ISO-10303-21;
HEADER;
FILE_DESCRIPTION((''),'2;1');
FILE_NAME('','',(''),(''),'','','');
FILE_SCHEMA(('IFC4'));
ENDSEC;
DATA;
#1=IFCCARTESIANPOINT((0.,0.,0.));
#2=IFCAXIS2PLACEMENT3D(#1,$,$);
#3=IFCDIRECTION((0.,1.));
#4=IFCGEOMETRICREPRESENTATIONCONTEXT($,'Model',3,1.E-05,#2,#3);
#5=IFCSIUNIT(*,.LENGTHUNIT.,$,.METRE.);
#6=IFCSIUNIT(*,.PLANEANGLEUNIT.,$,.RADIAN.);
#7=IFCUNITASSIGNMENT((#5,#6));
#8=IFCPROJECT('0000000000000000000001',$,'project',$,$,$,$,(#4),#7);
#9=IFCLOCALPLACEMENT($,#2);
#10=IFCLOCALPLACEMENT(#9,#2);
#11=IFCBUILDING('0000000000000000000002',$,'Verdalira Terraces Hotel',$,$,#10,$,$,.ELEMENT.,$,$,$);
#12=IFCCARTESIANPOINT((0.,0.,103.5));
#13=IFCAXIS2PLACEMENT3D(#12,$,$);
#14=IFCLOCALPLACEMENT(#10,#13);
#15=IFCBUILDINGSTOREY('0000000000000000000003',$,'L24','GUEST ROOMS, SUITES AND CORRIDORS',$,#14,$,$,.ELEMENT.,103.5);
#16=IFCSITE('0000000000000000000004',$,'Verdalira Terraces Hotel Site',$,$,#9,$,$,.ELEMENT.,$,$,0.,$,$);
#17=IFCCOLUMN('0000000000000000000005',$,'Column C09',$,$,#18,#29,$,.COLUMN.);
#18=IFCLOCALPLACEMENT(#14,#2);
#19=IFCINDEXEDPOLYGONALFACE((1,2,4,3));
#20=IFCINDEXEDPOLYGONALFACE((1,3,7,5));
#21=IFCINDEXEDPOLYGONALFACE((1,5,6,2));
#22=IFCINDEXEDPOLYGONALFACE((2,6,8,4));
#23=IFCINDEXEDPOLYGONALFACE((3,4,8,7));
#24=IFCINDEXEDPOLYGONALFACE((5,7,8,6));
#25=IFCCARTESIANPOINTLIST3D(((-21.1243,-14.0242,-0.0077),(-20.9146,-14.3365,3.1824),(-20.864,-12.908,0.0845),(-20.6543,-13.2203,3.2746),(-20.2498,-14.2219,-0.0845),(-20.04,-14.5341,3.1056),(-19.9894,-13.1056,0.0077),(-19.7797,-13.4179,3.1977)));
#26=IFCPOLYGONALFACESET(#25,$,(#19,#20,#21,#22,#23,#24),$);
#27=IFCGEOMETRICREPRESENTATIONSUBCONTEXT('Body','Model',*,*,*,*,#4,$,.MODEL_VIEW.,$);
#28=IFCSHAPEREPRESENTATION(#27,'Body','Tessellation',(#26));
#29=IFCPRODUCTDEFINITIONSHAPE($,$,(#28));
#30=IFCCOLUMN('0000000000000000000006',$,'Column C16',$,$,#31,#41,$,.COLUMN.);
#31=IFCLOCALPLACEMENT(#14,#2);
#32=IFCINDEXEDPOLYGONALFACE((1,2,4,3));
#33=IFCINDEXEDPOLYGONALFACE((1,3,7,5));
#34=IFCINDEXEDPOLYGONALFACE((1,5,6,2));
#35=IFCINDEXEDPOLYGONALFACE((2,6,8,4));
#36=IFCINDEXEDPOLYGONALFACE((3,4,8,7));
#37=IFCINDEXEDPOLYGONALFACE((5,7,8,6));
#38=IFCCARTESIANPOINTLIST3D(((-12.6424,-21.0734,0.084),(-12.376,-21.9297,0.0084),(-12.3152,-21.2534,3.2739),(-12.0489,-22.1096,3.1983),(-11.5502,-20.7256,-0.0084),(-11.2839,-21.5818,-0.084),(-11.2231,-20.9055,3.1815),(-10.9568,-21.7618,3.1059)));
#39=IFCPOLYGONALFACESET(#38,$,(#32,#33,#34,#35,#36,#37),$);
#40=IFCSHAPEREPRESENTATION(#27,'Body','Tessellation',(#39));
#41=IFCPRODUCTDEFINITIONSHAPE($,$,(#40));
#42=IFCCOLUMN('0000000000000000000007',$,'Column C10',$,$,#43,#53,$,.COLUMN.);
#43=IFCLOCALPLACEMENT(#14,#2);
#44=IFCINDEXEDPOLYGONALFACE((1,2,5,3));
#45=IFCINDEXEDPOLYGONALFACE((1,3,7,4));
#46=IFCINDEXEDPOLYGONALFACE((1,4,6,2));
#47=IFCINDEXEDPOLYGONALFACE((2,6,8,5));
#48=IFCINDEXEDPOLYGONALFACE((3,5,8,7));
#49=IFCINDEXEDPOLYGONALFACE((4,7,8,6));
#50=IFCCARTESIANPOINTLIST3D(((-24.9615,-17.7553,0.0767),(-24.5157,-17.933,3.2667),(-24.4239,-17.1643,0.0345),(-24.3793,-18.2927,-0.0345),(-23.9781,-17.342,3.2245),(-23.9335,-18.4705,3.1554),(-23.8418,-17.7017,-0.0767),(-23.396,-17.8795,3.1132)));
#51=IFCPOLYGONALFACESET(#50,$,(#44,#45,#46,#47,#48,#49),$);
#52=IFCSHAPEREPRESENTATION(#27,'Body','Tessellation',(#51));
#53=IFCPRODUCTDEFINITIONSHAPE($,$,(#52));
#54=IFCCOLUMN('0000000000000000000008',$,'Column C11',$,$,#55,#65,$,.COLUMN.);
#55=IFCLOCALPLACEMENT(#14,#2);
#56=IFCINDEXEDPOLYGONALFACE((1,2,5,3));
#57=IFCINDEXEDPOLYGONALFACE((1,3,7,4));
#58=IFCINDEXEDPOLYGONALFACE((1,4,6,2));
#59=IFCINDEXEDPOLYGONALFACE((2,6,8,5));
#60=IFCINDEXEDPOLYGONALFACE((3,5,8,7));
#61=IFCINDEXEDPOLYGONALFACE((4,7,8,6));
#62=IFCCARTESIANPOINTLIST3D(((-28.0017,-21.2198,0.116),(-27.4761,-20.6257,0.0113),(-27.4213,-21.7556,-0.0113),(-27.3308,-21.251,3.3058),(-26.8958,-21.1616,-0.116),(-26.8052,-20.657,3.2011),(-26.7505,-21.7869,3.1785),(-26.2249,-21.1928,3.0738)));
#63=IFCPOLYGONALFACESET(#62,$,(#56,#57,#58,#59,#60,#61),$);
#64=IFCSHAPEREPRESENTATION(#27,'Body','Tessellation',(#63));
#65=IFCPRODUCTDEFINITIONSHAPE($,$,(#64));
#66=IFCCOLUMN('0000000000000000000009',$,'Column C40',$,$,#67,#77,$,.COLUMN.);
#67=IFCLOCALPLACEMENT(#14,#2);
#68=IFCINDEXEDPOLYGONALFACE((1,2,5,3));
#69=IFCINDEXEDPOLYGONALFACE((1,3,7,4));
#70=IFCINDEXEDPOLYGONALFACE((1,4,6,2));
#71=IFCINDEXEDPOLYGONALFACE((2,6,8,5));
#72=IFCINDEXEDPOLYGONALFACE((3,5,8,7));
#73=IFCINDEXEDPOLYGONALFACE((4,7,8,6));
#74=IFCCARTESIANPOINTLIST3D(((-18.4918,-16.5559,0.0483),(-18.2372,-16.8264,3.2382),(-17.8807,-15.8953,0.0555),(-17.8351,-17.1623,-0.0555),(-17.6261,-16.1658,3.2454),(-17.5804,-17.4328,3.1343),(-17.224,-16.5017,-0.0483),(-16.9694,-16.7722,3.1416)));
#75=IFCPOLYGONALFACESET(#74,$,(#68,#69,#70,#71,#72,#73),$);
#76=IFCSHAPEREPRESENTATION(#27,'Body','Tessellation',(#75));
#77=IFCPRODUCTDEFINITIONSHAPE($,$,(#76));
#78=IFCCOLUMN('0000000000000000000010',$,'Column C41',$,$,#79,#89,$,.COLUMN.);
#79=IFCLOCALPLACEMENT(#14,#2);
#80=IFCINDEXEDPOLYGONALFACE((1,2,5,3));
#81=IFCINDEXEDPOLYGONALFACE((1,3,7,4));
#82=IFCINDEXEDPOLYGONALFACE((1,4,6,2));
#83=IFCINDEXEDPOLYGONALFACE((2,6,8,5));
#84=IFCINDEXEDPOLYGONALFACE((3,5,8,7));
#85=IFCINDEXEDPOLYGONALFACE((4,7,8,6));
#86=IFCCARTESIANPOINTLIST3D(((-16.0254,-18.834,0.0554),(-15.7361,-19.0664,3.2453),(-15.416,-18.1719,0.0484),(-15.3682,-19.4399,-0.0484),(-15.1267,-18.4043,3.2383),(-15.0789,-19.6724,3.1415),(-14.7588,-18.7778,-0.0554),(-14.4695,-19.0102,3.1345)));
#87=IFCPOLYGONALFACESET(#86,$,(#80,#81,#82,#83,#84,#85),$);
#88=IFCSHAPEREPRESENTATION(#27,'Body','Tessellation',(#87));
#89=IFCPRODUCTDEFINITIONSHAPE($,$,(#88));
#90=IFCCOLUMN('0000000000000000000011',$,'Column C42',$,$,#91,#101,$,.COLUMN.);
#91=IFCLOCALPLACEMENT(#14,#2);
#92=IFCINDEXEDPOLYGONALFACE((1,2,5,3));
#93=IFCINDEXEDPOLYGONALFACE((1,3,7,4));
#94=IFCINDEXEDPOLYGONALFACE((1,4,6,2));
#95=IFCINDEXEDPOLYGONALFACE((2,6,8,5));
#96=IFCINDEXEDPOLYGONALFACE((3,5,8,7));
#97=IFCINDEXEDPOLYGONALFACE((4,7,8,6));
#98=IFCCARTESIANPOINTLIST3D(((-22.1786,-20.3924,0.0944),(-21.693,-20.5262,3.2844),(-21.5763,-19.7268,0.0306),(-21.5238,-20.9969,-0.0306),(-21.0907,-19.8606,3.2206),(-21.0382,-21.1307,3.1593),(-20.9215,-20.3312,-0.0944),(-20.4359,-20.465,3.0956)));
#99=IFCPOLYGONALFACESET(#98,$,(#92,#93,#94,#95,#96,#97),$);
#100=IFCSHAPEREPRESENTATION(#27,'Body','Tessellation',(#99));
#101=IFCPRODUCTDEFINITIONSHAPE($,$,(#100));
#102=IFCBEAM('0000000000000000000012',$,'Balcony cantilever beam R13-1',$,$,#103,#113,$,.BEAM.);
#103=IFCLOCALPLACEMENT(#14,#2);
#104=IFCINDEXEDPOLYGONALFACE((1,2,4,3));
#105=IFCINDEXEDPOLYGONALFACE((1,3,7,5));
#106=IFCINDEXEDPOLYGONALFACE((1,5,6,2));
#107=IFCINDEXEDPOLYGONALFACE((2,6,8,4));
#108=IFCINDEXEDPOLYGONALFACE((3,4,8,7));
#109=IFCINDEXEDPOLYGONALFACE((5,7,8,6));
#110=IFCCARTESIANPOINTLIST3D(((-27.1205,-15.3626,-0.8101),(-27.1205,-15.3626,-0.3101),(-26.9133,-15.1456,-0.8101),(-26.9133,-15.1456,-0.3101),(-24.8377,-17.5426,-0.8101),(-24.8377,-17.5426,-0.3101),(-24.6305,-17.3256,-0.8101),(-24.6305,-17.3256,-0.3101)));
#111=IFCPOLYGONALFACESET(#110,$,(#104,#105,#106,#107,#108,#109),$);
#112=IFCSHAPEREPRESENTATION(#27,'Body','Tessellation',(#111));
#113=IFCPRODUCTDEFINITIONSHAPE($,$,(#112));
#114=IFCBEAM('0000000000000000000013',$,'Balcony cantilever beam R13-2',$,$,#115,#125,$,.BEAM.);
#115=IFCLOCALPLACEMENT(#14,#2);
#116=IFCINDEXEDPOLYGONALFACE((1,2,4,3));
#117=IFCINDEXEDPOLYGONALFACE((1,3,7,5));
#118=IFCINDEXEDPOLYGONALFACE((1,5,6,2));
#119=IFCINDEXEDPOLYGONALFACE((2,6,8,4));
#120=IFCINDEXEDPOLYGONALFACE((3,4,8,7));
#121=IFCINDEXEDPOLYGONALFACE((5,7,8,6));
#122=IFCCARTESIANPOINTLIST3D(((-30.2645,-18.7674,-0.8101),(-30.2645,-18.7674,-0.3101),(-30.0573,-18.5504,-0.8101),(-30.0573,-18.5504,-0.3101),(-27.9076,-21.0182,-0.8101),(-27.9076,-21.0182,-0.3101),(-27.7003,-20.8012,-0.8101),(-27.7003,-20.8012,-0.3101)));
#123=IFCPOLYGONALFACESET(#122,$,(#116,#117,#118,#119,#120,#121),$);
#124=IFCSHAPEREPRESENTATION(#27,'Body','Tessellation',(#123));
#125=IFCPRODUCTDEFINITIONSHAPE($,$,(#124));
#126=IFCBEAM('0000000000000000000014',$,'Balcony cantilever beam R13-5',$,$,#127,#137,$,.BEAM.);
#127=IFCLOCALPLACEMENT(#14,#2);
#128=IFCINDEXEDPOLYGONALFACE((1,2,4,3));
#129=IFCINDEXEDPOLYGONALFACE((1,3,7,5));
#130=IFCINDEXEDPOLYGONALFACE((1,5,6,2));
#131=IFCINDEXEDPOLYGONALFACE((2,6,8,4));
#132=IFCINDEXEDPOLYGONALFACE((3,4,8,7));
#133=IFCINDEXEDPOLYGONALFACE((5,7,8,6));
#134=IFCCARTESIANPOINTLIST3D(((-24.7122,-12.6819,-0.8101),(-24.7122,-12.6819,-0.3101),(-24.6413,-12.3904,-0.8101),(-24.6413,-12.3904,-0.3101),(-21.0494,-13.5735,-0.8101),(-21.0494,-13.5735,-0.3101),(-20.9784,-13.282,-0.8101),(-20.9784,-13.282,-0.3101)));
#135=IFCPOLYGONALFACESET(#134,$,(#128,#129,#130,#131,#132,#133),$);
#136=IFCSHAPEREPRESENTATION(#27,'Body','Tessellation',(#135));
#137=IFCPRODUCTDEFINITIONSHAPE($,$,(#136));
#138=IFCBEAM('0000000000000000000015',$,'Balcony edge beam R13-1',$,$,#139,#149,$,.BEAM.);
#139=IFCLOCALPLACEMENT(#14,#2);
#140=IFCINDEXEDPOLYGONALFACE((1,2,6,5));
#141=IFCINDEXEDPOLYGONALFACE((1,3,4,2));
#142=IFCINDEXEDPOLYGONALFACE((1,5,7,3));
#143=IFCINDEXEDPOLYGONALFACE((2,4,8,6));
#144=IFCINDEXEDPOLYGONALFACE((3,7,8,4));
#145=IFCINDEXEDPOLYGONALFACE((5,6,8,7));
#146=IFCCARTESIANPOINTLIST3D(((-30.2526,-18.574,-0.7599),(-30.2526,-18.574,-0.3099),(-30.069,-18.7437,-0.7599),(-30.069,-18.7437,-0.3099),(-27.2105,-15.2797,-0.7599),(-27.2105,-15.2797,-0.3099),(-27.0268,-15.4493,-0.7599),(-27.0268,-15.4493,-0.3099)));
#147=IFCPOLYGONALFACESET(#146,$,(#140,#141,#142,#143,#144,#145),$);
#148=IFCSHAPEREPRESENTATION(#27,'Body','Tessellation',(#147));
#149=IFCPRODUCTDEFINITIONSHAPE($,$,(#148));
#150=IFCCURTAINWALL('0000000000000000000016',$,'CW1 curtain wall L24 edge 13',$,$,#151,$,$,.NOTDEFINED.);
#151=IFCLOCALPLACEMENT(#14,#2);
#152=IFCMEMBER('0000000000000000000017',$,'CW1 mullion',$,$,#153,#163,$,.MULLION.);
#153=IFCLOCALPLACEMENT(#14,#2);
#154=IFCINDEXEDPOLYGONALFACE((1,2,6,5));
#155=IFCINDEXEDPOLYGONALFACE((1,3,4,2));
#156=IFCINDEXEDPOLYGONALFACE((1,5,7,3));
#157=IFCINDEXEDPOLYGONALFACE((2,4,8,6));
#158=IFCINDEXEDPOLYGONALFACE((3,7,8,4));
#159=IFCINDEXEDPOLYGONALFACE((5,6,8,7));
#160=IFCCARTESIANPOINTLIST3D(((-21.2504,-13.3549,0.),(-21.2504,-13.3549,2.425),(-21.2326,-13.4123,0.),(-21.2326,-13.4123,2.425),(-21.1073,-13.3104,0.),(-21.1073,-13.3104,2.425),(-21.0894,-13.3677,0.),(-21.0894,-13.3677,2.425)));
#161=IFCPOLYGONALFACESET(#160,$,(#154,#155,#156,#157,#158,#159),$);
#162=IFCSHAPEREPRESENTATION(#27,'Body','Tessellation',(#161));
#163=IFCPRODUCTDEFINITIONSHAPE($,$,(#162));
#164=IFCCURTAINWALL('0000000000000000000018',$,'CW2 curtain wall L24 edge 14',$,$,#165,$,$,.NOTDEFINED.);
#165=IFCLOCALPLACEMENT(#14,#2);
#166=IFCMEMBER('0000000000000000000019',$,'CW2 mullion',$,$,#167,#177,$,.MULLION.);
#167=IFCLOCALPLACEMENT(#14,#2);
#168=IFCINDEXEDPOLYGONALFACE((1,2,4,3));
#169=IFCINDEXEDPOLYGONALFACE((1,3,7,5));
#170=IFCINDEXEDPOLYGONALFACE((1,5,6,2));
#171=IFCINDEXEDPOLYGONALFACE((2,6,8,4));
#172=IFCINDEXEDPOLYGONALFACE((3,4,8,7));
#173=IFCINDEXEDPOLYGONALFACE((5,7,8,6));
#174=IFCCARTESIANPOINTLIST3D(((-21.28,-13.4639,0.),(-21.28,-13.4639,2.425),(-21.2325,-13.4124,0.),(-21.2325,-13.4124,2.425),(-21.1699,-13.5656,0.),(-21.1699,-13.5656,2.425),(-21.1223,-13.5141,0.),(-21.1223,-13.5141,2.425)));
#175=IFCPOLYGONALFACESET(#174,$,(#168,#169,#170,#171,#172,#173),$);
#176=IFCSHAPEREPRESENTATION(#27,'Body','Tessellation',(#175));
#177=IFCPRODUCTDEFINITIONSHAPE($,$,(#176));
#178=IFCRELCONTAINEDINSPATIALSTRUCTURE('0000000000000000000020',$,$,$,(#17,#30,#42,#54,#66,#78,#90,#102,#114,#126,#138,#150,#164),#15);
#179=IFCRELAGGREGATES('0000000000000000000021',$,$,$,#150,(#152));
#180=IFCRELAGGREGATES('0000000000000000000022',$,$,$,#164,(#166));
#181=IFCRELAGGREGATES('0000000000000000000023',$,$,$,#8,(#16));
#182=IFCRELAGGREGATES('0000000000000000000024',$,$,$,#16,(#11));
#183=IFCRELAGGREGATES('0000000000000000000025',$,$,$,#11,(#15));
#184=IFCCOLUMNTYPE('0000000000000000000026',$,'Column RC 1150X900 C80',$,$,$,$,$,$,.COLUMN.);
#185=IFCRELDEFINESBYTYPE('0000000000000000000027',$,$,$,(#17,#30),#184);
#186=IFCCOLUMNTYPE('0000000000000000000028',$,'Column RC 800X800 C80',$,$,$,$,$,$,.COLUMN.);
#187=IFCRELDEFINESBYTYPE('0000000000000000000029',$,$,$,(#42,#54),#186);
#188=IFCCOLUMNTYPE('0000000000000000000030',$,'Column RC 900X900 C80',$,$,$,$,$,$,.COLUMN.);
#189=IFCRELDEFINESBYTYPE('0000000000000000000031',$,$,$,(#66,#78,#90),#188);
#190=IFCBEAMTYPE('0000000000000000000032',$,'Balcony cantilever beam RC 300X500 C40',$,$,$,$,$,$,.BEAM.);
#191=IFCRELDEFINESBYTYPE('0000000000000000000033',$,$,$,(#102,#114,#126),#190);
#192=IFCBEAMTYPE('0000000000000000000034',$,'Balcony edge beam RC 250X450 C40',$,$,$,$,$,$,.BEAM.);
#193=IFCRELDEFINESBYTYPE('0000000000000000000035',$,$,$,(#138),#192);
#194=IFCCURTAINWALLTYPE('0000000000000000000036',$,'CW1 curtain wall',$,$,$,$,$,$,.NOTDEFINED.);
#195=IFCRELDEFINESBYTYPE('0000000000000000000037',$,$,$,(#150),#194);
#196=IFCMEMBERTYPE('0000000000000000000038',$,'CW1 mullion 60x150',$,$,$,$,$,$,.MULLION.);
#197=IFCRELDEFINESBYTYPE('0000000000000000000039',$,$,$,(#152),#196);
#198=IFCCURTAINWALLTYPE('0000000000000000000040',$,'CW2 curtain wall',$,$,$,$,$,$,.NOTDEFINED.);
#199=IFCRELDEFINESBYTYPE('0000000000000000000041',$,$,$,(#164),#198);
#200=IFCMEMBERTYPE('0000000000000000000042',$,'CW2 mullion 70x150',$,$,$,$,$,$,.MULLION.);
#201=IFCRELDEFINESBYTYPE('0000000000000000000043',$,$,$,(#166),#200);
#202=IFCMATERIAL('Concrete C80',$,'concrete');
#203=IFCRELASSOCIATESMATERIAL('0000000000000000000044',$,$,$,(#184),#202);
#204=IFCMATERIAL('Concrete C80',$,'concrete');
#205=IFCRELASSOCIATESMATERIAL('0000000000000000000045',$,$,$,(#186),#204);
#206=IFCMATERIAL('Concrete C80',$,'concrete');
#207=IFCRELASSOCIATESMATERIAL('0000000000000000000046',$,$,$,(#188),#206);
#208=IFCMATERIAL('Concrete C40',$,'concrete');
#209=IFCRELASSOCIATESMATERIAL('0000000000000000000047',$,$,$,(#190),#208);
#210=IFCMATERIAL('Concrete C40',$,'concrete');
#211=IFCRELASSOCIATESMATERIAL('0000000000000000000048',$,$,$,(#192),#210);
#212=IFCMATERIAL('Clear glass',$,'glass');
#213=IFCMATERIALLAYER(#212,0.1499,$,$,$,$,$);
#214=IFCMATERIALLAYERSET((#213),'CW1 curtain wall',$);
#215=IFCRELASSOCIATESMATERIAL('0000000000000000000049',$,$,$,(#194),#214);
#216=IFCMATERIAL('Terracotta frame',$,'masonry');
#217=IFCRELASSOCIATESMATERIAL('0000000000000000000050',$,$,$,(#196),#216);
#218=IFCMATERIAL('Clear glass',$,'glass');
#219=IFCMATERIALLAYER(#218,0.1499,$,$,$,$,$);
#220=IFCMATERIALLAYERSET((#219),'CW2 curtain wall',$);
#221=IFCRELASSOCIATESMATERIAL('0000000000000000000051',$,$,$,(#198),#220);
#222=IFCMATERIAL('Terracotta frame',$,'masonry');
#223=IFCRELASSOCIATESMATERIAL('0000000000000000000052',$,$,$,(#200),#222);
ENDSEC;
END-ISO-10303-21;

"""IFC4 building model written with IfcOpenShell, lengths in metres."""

from ifc_helpers import new_model, si_unit, direction, frame, origin, origin_2d, place, context, subcontext, project, spatial, rectangle, extrude, material, layer, layer_set, material_profile, profile_set, type_object, element, aggregate, save


model = new_model("IFC4")

# Units and contexts
model_context = context("Model", 3, precision=1e-05, world=origin(), true_north=direction((0.0, 1.0)))
body_context = subcontext(model_context, "Body", "Model", "MODEL_VIEW")
ifc_project = project(units=[si_unit("LENGTHUNIT", "METRE"), si_unit("PLANEANGLEUNIT", "RADIAN")], contexts=[model_context])

# Site, building, storey
site_placement = place(None, origin())
site = spatial("IfcSite", under=ifc_project, at=site_placement, Name="Verdalira Terraces Hotel Site", CompositionType="ELEMENT", RefElevation=0.0)
building_placement = place(site_placement, origin())
building = spatial("IfcBuilding", under=site, at=building_placement, Name="Verdalira Terraces Hotel", CompositionType="ELEMENT")
storey_placement = place(building_placement, frame((0.0, 0.0, 103.5)))
storey = spatial("IfcBuildingStorey", under=building, at=storey_placement, Name="L24", Description="GUEST ROOMS, SUITES AND CORRIDORS", CompositionType="ELEMENT", Elevation=103.5)

# Columns
ifc_material_1 = material(Name="Concrete C80", Category="concrete")
ifc_material_profile_1 = material_profile(ifc_material_1, rectangle(XDim=1.1499, YDim=0.8999, at=origin_2d()), Name="RC 1150X900")
ifc_profile_set_1 = profile_set([ifc_material_profile_1], Name="Concrete C80")
column_type_1 = type_object("IfcColumnType", Name="Column RC 1150X900 C80", PredefinedType="COLUMN", material=ifc_profile_set_1)
column_1_placement = place(storey_placement, frame((-20.5569, -13.5649, 0.0), z_axis=(0.065291, -0.097214, 0.99312), x_axis=(0.226404, 0.970731, 0.080138)))
element("IfcColumn", 1, at=column_1_placement, inside=storey, type_object=column_type_1, Name="Column C09", PredefinedType="COLUMN", context=body_context, shape_type="SweptSolid", body=[
    extrude(rectangle(XDim=1.1499, YDim=0.8999, at=origin_2d()), origin(), (0.0, 0.0, 1.0), 3.2122),
])
column_2_placement = place(storey_placement, frame((-11.9631, -21.3276, 0.0), z_axis=(0.101861, -0.056023, 0.99322), x_axis=(-0.949753, -0.302513, 0.08034)))
element("IfcColumn", 2, at=column_2_placement, inside=storey, type_object=column_type_1, Name="Column C16", PredefinedType="COLUMN", context=body_context, shape_type="SweptSolid", body=[
    extrude(rectangle(XDim=1.1499, YDim=0.8999, at=origin_2d()), origin(), (0.0, 0.0, 1.0), 3.2117),
])
ifc_material_2 = material(Name="Concrete C80", Category="concrete")
ifc_material_profile_2 = material_profile(ifc_material_2, rectangle(XDim=0.8, YDim=0.8, at=origin_2d()), Name="RC 800X800")
ifc_profile_set_2 = profile_set([ifc_material_profile_2], Name="Concrete C80")
column_type_2 = type_object("IfcColumnType", Name="Column RC 800X800 C80", PredefinedType="COLUMN", material=ifc_profile_set_2)
column_3_placement = place(storey_placement, frame((-24.4016, -17.7285, 0.0), z_axis=(0.138197, -0.055097, 0.988871), x_axis=(-0.671941, -0.738724, 0.052746)))
element("IfcColumn", 3, at=column_3_placement, inside=storey, type_object=column_type_2, Name="Column C10", PredefinedType="COLUMN", context=body_context, shape_type="SweptSolid", body=[
    extrude(rectangle(XDim=0.8, YDim=0.8, at=origin_2d()), origin(), (0.0, 0.0, 1.0), 3.2258),
])
column_4_placement = place(storey_placement, frame((-27.4487, -21.1907, 0.0), z_axis=(0.205805, -0.009586, 0.978546), x_axis=(-0.656891, -0.742539, 0.130881)))
element("IfcColumn", 4, at=column_4_placement, inside=storey, type_object=column_type_2, Name="Column C11", PredefinedType="COLUMN", context=body_context, shape_type="SweptSolid", body=[
    extrude(rectangle(XDim=0.8, YDim=0.8, at=origin_2d()), origin(), (0.0, 0.0, 1.0), 3.2598),
])
ifc_material_3 = material(Name="Concrete C80", Category="concrete")
ifc_material_profile_3 = material_profile(ifc_material_3, rectangle(XDim=0.8999, YDim=0.8999, at=origin_2d()), Name="RC 900X900")
ifc_profile_set_3 = profile_set([ifc_material_profile_3], Name="Concrete C80")
column_type_3 = type_object("IfcColumnType", Name="Column RC 900X900 C80", PredefinedType="COLUMN", material=ifc_profile_set_3)
for number, where, z_axis, x_axis, name in (
    (5, (-17.8579, -16.5288, 0.0), (0.07929, -0.084231, 0.993287), (-0.679046, -0.734052, -0.008043), "Column C40"),
    (6, (-15.3921, -18.8059, 0.0), (0.090086, -0.072373, 0.993301), (-0.677193, -0.735764, 0.007808), "Column C41"),
):
    element("IfcColumn", number, at=place(storey_placement, frame(where, z_axis=z_axis, x_axis=x_axis)), inside=storey, type_object=column_type_3, Name=name, PredefinedType="COLUMN", context=body_context, shape_type="SweptSolid", body=[
        extrude(rectangle(XDim=0.8999, YDim=0.8999, at=origin_2d()), origin(), (0.0, 0.0, 1.0), 3.2114),
    ])
column_5_placement = place(storey_placement, frame((-21.55, -20.3618, 0.0), z_axis=(0.150364, -0.041428, 0.987762), x_axis=(-0.669238, -0.739662, 0.070854)))
element("IfcColumn", 7, at=column_5_placement, inside=storey, type_object=column_type_3, Name="Column C42", PredefinedType="COLUMN", context=body_context, shape_type="SweptSolid", body=[
    extrude(rectangle(XDim=0.8999, YDim=0.8999, at=origin_2d()), origin(), (0.0, 0.0, 1.0), 3.2295),
])

# Beams
ifc_material_4 = material(Name="Concrete C40", Category="concrete")
ifc_material_profile_4 = material_profile(ifc_material_4, rectangle(XDim=0.3, YDim=0.5, at=origin_2d()), Name="RC 300X500")
ifc_profile_set_4 = profile_set([ifc_material_profile_4], Name="Concrete C40")
beam_type_1 = type_object("IfcBeamType", Name="Balcony cantilever beam RC 300X500 C40", PredefinedType="BEAM", material=ifc_profile_set_4)
beam_1_placement = place(storey_placement, frame((-24.7341, -17.4341, -0.5601), z_axis=(-0.723201, 0.690638, 0.0), x_axis=(-0.690638, -0.723201, 0.0)))
element("IfcBeam", 8, at=beam_1_placement, inside=storey, type_object=beam_type_1, Name="Balcony cantilever beam R13-1", PredefinedType="BEAM", context=body_context, shape_type="SweptSolid", body=[
    extrude(rectangle(XDim=0.3, YDim=0.5, at=origin_2d()), origin(), (0.0, 0.0, 1.0), 3.1565),
])
beam_2_placement = place(storey_placement, frame((-27.804, -20.9097, -0.5601), z_axis=(-0.723213, 0.690625, 0.0), x_axis=(-0.690625, -0.723213, 0.0)))
element("IfcBeam", 9, at=beam_2_placement, inside=storey, type_object=beam_type_1, Name="Balcony cantilever beam R13-2", PredefinedType="BEAM", context=body_context, shape_type="SweptSolid", body=[
    extrude(rectangle(XDim=0.3, YDim=0.5, at=origin_2d()), origin(), (0.0, 0.0, 1.0), 3.259),
])
beam_3_placement = place(storey_placement, frame((-21.0139, -13.4277, -0.5601), z_axis=(-0.971629, 0.236512, 0.0), x_axis=(-0.236512, -0.971629, 0.0)))
element("IfcBeam", 10, at=beam_3_placement, inside=storey, type_object=beam_type_1, Name="Balcony cantilever beam R13-5", PredefinedType="BEAM", context=body_context, shape_type="SweptSolid", body=[
    extrude(rectangle(XDim=0.3, YDim=0.5, at=origin_2d()), origin(), (0.0, 0.0, 1.0), 3.7698),
])
ifc_material_5 = material(Name="Concrete C40", Category="concrete")
ifc_material_profile_5 = material_profile(ifc_material_5, rectangle(XDim=0.25, YDim=0.45, at=origin_2d()), Name="RC 250X450")
ifc_profile_set_5 = profile_set([ifc_material_profile_5], Name="Concrete C40")
beam_type_2 = type_object("IfcBeamType", Name="Balcony edge beam RC 250X450 C40", PredefinedType="BEAM", material=ifc_profile_set_5)
beam_4_placement = place(storey_placement, frame((-27.1187, -15.3645, -0.5349), z_axis=(-0.678427, -0.734668, 0.0), x_axis=(0.734668, -0.678427, 0.0)))
element("IfcBeam", 11, at=beam_4_placement, inside=storey, type_object=beam_type_2, Name="Balcony edge beam R13-1", PredefinedType="BEAM", context=body_context, shape_type="SweptSolid", body=[
    extrude(rectangle(XDim=0.25, YDim=0.45, at=origin_2d()), origin(), (0.0, 0.0, 1.0), 4.4841),
])

# Curtain wall, member
ifc_material_6 = material(Name="Clear glass", Category="glass")
ifc_layer_1 = layer(ifc_material_6, 0.1499)
ifc_layer_set_1 = layer_set([ifc_layer_1], Name="CW1 curtain wall")
curtain_wall_type_1 = type_object("IfcCurtainWallType", Name="CW1 curtain wall", PredefinedType="NOTDEFINED", material=ifc_layer_set_1)
curtain_wall_1_placement = place(storey_placement, origin())
curtain_wall_1 = element("IfcCurtainWall", 12, at=curtain_wall_1_placement, inside=storey, type_object=curtain_wall_type_1, Name="CW1 curtain wall L24 edge 13", PredefinedType="NOTDEFINED")
ifc_material_7 = material(Name="Terracotta frame", Category="masonry")
ifc_material_profile_6 = material_profile(ifc_material_7, rectangle(XDim=0.0601, YDim=0.1499, at=origin_2d()), Name="MU 60x150")
ifc_profile_set_6 = profile_set([ifc_material_profile_6], Name="Terracotta frame")
member_type_1 = type_object("IfcMemberType", Name="CW1 mullion 60x150", PredefinedType="MULLION", material=ifc_profile_set_6)
member_1_placement = place(storey_placement, frame((-21.1699, -13.3613, 0.0), z_axis=(0.0, 0.0, 1.0), x_axis=(0.297042, -0.954865, 0.0)))
member_1 = element("IfcMember", 13, at=member_1_placement, type_object=member_type_1, Name="CW1 mullion", PredefinedType="MULLION", context=body_context, shape_type="SweptSolid", body=[
    extrude(rectangle(XDim=0.0601, YDim=0.1499, at=origin_2d()), origin(), (0.0, 0.0, 1.0), 2.425),
])
aggregate(curtain_wall_1, [member_1])

# Curtain wall, member
ifc_material_8 = material(Name="Clear glass", Category="glass")
ifc_layer_2 = layer(ifc_material_8, 0.1499)
ifc_layer_set_2 = layer_set([ifc_layer_2], Name="CW2 curtain wall")
curtain_wall_type_2 = type_object("IfcCurtainWallType", Name="CW2 curtain wall", PredefinedType="NOTDEFINED", material=ifc_layer_set_2)
curtain_wall_2_placement = place(storey_placement, origin())
curtain_wall_2 = element("IfcCurtainWall", 14, at=curtain_wall_2_placement, inside=storey, type_object=curtain_wall_type_2, Name="CW2 curtain wall L24 edge 14", PredefinedType="NOTDEFINED")
ifc_material_9 = material(Name="Terracotta frame", Category="masonry")
ifc_material_profile_7 = material_profile(ifc_material_9, rectangle(XDim=0.0701, YDim=0.1499, at=origin_2d()), Name="MU 70x150")
ifc_profile_set_7 = profile_set([ifc_material_profile_7], Name="Terracotta frame")
member_type_2 = type_object("IfcMemberType", Name="CW2 mullion 70x150", PredefinedType="MULLION", material=ifc_profile_set_7)
member_2_placement = place(storey_placement, frame((-21.2012, -13.489, 0.0), z_axis=(0.0, 0.0, 1.0), x_axis=(-0.678416, -0.734678, 0.0)))
member_2 = element("IfcMember", 15, at=member_2_placement, type_object=member_type_2, Name="CW2 mullion", PredefinedType="MULLION", context=body_context, shape_type="SweptSolid", body=[
    extrude(rectangle(XDim=0.0701, YDim=0.1499, at=origin_2d()), origin(), (0.0, 0.0, 1.0), 2.425),
])

aggregate(curtain_wall_2, [member_2])

save(model, "model.ifc")
